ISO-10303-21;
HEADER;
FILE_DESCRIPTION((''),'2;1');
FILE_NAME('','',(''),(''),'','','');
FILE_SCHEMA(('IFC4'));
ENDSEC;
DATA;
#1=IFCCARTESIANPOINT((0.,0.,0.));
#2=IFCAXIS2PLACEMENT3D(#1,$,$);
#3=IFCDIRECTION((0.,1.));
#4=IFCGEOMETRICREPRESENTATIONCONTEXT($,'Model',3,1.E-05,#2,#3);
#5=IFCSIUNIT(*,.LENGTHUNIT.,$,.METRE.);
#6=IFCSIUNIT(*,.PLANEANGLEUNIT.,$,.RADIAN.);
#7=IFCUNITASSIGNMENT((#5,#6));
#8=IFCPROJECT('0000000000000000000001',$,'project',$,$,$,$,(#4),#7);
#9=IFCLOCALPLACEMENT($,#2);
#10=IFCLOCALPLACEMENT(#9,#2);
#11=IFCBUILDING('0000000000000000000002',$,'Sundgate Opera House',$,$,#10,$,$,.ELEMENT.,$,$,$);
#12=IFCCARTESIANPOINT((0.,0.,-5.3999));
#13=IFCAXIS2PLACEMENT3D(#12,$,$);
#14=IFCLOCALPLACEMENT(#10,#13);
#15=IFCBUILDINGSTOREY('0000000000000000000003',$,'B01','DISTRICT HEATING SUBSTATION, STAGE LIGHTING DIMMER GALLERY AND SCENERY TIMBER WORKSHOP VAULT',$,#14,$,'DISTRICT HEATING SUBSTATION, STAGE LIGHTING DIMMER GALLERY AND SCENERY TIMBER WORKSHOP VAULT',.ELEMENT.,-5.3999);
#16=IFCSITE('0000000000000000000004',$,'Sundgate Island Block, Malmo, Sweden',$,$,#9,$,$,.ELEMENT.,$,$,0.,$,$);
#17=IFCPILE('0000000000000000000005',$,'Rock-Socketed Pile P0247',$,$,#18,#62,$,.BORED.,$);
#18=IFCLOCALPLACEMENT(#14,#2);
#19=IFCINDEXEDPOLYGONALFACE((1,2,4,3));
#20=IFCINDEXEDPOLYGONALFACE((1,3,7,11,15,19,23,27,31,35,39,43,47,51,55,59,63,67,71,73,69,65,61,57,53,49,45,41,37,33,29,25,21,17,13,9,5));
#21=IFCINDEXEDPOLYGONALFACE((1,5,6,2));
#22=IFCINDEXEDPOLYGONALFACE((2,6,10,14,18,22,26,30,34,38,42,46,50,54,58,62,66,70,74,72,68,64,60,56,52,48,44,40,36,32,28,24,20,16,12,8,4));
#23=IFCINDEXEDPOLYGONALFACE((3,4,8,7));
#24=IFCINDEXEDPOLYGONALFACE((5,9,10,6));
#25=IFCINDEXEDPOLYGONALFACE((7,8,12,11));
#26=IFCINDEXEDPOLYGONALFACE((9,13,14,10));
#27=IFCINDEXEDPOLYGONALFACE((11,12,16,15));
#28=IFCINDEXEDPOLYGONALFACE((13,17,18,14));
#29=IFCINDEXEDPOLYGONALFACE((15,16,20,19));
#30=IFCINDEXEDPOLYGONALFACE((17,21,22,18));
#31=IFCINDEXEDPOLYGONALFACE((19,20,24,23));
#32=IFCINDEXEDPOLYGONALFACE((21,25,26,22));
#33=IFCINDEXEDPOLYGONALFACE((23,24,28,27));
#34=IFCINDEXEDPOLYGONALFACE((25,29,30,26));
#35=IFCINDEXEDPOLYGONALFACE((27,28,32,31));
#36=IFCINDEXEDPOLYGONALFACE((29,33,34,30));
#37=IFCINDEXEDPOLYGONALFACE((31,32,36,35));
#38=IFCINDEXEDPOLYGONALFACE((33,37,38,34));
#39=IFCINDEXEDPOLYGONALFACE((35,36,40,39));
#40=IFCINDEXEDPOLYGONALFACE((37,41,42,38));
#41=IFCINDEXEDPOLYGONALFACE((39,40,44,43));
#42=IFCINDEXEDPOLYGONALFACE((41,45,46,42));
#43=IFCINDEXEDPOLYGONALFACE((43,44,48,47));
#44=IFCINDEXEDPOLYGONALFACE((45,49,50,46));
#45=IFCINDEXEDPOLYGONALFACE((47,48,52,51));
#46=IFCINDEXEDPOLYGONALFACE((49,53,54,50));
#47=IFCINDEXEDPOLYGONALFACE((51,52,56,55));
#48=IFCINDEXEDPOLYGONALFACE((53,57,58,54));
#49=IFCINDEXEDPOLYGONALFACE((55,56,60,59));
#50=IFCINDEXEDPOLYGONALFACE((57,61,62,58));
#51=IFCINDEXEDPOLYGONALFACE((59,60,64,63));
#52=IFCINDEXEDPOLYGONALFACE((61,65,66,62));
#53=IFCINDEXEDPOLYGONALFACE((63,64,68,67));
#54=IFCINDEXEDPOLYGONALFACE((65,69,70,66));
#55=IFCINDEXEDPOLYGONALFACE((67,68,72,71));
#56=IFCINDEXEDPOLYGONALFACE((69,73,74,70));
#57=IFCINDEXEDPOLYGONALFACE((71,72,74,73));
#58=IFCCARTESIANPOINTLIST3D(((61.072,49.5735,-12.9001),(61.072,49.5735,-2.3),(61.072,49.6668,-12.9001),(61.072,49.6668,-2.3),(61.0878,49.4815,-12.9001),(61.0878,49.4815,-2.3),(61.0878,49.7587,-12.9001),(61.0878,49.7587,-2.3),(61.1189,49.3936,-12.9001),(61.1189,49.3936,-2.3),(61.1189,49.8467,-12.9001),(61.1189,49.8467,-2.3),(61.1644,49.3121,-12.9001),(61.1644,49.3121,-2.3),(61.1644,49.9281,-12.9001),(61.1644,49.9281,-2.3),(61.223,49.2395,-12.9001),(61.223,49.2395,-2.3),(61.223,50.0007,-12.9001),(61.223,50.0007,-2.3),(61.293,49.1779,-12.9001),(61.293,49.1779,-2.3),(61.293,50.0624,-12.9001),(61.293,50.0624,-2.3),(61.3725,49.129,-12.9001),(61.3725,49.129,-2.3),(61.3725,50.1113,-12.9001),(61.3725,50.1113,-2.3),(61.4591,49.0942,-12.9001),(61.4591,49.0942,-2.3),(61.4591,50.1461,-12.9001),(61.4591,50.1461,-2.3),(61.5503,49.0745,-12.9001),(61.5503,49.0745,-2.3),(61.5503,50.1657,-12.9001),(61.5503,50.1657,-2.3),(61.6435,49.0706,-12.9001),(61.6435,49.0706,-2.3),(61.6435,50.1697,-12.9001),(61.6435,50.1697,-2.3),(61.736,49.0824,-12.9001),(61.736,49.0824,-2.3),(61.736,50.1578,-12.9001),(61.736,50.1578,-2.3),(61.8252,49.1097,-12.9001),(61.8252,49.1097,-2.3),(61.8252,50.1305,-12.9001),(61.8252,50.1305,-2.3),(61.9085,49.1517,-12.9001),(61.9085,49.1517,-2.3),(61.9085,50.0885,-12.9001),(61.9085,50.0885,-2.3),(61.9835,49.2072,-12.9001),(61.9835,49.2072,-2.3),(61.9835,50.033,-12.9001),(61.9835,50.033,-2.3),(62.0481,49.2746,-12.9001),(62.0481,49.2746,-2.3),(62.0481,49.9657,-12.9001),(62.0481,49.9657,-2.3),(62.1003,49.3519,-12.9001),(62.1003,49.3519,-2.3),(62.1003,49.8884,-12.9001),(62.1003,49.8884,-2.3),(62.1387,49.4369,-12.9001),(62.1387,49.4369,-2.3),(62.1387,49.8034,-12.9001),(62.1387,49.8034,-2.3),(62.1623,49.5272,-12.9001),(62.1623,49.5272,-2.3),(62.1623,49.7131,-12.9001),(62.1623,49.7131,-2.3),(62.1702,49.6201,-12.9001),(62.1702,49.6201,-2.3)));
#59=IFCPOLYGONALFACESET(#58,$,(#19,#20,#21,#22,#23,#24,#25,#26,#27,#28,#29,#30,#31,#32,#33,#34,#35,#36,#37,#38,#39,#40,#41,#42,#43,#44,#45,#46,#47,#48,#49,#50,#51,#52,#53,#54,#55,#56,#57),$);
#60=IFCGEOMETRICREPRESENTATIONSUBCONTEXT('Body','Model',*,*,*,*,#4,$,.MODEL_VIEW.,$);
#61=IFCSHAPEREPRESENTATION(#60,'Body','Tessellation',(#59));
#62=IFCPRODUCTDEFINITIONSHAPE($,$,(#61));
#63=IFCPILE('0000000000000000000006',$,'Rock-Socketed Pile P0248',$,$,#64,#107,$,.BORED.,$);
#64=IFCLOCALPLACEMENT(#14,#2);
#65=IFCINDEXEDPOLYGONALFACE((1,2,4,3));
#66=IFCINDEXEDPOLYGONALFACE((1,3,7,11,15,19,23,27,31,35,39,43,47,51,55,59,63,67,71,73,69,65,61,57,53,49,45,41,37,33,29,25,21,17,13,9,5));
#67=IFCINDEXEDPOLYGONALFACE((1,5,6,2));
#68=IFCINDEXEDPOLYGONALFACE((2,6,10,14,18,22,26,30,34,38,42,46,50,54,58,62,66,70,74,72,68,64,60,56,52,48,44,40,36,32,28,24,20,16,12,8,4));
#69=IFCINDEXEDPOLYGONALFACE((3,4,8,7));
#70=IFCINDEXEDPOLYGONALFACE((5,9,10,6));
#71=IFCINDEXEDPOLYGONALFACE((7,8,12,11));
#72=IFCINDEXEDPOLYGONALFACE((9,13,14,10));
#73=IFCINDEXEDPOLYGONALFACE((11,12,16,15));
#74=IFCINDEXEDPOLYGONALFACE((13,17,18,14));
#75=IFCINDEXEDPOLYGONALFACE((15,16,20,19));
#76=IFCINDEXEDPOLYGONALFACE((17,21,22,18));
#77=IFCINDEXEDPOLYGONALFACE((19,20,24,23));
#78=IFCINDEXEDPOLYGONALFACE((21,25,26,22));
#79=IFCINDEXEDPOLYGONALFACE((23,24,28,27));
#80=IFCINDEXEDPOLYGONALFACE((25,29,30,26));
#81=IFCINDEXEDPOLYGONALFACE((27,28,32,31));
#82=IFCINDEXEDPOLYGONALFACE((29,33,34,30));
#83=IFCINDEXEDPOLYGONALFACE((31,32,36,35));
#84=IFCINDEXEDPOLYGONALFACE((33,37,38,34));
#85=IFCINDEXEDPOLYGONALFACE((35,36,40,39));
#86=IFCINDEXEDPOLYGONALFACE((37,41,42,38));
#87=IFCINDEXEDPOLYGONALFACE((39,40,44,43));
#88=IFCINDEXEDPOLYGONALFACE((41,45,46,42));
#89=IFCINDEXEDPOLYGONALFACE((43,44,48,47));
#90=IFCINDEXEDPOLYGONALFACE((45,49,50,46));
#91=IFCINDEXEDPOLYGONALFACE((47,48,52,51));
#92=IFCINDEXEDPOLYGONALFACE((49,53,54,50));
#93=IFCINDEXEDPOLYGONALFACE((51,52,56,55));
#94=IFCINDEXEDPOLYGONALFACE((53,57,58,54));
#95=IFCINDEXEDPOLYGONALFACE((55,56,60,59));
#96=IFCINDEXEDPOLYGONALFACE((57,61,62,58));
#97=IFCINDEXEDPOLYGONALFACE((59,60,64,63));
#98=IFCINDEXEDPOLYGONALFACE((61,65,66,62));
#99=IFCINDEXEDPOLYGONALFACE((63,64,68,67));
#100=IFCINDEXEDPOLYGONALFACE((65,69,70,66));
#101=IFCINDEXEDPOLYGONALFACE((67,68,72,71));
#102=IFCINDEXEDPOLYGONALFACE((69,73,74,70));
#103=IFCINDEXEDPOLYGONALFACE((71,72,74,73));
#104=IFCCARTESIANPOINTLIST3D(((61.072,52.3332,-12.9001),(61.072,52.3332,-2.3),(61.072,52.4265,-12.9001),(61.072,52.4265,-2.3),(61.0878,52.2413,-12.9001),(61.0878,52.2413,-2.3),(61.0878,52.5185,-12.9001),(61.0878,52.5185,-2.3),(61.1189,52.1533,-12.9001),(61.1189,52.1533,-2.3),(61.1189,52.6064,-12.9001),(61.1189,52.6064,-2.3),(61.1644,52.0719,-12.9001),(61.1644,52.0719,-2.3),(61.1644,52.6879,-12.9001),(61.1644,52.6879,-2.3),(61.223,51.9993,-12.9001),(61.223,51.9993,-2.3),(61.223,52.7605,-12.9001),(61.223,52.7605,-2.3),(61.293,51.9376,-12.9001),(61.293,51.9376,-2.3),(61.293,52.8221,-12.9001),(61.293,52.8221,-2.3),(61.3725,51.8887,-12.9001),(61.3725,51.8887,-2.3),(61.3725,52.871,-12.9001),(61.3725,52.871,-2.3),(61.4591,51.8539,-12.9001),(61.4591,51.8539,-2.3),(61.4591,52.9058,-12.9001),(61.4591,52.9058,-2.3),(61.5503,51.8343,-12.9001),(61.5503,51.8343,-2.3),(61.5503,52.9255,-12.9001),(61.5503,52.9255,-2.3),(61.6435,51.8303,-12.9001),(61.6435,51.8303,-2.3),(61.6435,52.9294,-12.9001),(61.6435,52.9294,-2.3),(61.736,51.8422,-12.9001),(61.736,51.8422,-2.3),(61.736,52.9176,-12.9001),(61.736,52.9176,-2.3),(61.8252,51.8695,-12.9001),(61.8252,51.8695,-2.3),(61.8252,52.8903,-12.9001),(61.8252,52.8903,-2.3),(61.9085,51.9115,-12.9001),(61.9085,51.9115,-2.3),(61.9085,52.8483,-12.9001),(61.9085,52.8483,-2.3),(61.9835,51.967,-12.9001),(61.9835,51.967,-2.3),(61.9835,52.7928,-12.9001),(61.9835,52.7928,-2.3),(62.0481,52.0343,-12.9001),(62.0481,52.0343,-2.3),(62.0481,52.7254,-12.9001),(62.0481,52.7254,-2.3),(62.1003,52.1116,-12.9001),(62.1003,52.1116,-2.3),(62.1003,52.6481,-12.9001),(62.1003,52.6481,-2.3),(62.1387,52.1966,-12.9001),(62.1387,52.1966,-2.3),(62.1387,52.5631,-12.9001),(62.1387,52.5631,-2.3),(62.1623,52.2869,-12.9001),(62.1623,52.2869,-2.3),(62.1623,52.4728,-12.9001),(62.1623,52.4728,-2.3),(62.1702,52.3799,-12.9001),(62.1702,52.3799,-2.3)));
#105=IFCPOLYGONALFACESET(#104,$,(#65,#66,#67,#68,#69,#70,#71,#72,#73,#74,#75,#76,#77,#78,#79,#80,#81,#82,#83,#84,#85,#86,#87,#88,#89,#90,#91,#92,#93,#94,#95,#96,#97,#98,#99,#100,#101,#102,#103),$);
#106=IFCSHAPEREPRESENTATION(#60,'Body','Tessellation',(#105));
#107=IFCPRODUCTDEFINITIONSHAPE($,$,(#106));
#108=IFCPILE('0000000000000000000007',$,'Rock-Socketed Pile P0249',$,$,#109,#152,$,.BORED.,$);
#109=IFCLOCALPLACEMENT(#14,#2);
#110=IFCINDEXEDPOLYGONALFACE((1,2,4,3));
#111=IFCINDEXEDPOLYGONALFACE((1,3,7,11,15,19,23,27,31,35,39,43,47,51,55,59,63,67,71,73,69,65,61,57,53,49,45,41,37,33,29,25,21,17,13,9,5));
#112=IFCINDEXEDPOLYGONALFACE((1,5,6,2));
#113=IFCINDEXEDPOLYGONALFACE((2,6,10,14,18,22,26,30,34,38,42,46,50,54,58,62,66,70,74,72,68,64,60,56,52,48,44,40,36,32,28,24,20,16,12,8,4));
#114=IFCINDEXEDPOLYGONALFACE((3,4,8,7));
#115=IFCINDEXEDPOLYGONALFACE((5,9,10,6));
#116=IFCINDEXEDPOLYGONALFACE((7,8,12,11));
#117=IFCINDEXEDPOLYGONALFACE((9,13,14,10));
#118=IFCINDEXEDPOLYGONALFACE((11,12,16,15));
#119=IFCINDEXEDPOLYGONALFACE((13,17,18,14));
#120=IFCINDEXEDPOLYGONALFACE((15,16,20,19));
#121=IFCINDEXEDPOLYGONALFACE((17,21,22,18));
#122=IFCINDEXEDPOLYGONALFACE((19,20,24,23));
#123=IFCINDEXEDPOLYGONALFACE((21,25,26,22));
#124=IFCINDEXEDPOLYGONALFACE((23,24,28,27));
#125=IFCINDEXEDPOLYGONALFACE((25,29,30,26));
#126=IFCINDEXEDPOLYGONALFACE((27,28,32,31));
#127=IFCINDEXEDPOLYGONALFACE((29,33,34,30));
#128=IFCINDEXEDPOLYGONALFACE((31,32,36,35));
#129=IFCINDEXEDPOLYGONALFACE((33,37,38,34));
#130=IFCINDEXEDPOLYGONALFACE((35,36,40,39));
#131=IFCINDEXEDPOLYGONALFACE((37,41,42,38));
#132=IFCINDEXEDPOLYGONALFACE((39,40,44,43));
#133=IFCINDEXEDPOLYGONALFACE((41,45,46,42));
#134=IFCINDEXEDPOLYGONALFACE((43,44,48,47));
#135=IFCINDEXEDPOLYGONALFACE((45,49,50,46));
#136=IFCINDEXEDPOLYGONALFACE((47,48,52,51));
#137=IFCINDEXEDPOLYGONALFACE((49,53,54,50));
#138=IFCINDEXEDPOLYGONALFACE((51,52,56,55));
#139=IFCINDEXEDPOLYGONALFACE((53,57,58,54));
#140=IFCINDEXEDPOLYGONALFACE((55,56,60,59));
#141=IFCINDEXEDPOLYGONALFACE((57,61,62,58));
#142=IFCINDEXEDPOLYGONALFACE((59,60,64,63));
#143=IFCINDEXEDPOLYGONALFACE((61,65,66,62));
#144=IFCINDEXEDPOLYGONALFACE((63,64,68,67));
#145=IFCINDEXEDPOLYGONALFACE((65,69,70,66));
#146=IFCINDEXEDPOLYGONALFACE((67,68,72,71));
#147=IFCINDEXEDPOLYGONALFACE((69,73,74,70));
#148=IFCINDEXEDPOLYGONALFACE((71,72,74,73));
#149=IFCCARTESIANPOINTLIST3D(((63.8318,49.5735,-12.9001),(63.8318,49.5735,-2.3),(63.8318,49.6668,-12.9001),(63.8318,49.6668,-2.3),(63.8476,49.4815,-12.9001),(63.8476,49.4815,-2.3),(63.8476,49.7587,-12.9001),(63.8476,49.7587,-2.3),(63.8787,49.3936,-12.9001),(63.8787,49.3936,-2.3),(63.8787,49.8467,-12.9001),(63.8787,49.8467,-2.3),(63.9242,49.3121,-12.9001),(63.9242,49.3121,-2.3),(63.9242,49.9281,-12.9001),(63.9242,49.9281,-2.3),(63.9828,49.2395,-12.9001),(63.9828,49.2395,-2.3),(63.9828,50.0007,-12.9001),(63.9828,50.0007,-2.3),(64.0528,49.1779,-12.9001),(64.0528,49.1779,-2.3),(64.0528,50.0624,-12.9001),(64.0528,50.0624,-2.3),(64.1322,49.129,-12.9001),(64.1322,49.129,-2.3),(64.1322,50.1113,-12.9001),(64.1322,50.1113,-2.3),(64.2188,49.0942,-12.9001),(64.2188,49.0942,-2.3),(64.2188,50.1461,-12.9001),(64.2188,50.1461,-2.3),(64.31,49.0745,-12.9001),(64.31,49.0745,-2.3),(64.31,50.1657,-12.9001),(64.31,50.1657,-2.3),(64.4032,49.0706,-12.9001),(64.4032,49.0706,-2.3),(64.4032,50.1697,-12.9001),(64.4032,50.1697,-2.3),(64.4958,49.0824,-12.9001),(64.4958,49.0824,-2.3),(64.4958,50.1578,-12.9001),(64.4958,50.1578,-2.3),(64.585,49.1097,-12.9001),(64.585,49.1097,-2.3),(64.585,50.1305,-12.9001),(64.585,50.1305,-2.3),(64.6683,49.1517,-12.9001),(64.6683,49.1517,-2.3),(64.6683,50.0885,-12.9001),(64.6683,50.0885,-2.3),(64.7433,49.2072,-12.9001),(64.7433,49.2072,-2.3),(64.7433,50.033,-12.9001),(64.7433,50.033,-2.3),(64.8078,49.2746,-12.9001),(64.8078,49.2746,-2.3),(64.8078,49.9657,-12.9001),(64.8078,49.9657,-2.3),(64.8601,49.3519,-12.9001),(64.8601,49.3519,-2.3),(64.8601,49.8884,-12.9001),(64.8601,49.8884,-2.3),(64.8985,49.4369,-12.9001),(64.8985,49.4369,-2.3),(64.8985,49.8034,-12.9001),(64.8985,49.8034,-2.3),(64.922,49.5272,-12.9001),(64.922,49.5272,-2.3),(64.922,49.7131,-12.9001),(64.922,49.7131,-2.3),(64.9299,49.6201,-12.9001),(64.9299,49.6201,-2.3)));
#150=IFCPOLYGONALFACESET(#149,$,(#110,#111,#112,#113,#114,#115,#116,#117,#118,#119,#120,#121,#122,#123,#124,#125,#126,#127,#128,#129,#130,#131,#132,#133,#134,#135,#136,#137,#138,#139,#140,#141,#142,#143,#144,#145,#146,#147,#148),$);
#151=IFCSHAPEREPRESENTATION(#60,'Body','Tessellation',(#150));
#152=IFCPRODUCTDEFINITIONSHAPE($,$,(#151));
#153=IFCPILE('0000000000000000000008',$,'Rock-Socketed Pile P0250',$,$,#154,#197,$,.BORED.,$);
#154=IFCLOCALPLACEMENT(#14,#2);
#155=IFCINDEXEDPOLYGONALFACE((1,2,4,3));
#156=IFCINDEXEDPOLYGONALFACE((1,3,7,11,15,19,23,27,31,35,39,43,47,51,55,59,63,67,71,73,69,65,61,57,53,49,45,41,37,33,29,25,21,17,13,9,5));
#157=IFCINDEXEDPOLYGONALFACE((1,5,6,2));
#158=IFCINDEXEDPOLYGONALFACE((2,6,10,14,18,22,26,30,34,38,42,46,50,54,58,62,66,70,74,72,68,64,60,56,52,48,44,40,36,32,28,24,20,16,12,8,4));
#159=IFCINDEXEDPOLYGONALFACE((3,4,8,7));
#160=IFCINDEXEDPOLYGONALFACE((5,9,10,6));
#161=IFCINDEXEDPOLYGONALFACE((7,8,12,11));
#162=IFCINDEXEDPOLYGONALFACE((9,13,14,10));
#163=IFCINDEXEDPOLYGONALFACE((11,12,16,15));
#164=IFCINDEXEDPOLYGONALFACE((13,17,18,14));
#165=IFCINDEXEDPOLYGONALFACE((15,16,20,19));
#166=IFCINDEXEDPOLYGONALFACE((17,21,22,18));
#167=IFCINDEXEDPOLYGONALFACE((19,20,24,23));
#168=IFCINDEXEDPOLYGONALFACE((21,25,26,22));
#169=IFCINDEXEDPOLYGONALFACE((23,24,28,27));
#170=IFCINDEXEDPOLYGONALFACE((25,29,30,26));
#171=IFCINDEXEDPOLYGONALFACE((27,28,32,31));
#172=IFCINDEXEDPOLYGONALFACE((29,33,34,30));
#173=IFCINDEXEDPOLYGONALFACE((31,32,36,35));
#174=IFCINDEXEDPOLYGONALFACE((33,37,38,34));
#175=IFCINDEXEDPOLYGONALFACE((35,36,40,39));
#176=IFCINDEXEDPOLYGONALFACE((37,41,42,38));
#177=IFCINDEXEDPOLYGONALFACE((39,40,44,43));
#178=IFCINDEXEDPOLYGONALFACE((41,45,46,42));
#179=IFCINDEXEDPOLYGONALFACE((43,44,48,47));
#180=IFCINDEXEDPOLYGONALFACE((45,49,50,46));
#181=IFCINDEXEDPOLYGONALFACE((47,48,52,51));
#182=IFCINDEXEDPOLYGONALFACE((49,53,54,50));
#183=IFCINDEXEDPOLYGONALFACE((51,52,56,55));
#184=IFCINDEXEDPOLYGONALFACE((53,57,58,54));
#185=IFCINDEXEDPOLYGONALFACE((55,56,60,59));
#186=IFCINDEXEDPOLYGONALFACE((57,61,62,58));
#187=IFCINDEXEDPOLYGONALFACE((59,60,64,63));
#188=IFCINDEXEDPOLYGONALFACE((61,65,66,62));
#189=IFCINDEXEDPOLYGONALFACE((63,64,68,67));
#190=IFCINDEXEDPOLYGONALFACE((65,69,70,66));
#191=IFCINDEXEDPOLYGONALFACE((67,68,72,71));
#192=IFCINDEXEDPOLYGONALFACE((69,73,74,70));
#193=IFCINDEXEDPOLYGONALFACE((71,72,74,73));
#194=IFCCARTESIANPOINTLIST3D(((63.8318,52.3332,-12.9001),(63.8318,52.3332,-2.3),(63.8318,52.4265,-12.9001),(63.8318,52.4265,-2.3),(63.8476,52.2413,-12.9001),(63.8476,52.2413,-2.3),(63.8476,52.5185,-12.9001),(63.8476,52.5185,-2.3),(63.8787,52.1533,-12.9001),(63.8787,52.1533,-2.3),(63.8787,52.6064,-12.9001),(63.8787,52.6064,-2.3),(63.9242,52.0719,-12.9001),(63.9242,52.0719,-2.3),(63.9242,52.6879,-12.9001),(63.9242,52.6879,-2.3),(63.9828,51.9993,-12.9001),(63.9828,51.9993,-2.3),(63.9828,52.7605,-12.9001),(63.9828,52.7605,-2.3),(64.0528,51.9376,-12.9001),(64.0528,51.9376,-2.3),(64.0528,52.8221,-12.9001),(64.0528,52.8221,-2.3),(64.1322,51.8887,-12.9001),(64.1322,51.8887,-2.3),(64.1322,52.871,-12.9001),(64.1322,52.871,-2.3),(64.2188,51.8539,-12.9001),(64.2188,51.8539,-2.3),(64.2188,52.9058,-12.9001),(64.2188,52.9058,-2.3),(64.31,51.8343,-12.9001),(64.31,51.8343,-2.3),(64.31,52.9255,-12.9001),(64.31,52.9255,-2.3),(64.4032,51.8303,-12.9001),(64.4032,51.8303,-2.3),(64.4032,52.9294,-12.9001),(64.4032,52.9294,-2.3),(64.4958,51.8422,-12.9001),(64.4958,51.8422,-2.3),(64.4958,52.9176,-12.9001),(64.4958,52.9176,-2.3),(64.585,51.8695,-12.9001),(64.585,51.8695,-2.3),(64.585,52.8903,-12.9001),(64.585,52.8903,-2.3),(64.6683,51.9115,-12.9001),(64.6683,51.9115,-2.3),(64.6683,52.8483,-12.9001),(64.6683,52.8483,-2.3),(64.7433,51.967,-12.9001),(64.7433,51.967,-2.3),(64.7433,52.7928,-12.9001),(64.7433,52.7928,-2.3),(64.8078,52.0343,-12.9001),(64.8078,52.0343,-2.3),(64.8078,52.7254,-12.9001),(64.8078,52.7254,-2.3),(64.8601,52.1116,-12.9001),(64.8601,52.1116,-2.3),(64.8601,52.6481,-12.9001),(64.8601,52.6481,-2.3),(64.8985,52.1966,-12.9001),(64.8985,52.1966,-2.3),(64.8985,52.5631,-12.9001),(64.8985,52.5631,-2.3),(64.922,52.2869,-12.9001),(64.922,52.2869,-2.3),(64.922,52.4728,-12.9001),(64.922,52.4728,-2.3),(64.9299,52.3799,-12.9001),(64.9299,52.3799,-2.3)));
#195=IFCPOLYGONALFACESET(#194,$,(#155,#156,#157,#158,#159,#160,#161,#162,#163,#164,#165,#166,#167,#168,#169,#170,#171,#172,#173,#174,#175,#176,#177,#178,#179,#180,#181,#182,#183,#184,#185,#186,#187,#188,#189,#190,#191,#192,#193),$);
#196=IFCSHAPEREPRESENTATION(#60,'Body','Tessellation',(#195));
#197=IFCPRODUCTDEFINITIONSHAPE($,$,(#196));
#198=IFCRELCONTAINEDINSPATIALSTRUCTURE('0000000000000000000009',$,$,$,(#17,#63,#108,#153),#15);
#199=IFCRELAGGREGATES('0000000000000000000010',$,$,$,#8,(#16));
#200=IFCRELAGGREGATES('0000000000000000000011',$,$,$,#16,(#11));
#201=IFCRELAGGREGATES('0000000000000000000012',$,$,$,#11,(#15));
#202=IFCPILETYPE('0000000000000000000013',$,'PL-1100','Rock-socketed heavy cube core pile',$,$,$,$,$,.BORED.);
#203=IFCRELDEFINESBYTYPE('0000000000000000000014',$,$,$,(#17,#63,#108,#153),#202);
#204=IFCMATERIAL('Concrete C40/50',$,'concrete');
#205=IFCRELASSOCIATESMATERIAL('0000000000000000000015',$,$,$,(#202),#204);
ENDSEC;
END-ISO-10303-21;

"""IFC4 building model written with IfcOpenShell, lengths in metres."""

from ifc_helpers import new_model, si_unit, direction, frame, origin, origin_2d, place, context, subcontext, project, spatial, circle, extrude, material, material_profile, profile_set, type_object, element, save


model = new_model("IFC4")

# Units and contexts
model_context = context("Model", 3, precision=1e-05, world=origin(), true_north=direction((0.0, 1.0)))
body_context = subcontext(model_context, "Body", "Model", "MODEL_VIEW")
ifc_project = project(units=[si_unit("LENGTHUNIT", "METRE"), si_unit("PLANEANGLEUNIT", "RADIAN")], contexts=[model_context])

# Site, building, storey
site_placement = place(None, origin())
site = spatial("IfcSite", under=ifc_project, at=site_placement, Name="Sundgate Island Block, Malmo, Sweden", CompositionType="ELEMENT", RefElevation=0.0)
building_placement = place(site_placement, origin())
building = spatial("IfcBuilding", under=site, at=building_placement, Name="Sundgate Opera House", CompositionType="ELEMENT")
storey_placement = place(building_placement, frame((0.0, 0.0, -5.3999)))
storey = spatial("IfcBuildingStorey", under=building, at=storey_placement, Name="B01", Description="DISTRICT HEATING SUBSTATION, STAGE LIGHTING DIMMER GALLERY AND SCENERY TIMBER WORKSHOP VAULT", LongName="DISTRICT HEATING SUBSTATION, STAGE LIGHTING DIMMER GALLERY AND SCENERY TIMBER WORKSHOP VAULT", CompositionType="ELEMENT", Elevation=-5.3999)

# Piles
ifc_material_1 = material(Name="Concrete C40/50", Category="concrete")
ifc_material_profile_1 = material_profile(ifc_material_1, circle(Radius=0.55, at=origin_2d()), Name="PILE D1100")
ifc_profile_set_1 = profile_set([ifc_material_profile_1], Name="Concrete C40/50")
pile_type = type_object("IfcPileType", Name="PL-1100", Description="Rock-socketed heavy cube core pile", PredefinedType="BORED", material=ifc_profile_set_1)
for number, where, z_axis, x_axis, name in (
    (1, (61.6201, 49.6201, -2.3), (0.0, 0.0, -1.0), (1.0, 0.0, 0.0), "Rock-Socketed Pile P0247"),
    (2, (61.6201, 52.3799, -2.3), (0.0, 0.0, -1.0), (1.0, 0.0, 0.0), "Rock-Socketed Pile P0248"),
    (3, (64.3799, 49.6201, -2.3), (0.0, 0.0, -1.0), (1.0, 0.0, 0.0), "Rock-Socketed Pile P0249"),
    (4, (64.3799, 52.3799, -2.3), (0.0, 0.0, -1.0), (1.0, 0.0, 0.0), "Rock-Socketed Pile P0250"),
):
    element("IfcPile", number, at=place(storey_placement, frame(where, z_axis=z_axis, x_axis=x_axis)), inside=storey, type_object=pile_type, Name=name, PredefinedType="BORED", context=body_context, shape_type="SweptSolid", body=[
        extrude(circle(Radius=0.55, at=origin_2d()), origin(), (0.0, 0.0, 1.0), 10.6001),
    ])

save(model, "model.ifc")
